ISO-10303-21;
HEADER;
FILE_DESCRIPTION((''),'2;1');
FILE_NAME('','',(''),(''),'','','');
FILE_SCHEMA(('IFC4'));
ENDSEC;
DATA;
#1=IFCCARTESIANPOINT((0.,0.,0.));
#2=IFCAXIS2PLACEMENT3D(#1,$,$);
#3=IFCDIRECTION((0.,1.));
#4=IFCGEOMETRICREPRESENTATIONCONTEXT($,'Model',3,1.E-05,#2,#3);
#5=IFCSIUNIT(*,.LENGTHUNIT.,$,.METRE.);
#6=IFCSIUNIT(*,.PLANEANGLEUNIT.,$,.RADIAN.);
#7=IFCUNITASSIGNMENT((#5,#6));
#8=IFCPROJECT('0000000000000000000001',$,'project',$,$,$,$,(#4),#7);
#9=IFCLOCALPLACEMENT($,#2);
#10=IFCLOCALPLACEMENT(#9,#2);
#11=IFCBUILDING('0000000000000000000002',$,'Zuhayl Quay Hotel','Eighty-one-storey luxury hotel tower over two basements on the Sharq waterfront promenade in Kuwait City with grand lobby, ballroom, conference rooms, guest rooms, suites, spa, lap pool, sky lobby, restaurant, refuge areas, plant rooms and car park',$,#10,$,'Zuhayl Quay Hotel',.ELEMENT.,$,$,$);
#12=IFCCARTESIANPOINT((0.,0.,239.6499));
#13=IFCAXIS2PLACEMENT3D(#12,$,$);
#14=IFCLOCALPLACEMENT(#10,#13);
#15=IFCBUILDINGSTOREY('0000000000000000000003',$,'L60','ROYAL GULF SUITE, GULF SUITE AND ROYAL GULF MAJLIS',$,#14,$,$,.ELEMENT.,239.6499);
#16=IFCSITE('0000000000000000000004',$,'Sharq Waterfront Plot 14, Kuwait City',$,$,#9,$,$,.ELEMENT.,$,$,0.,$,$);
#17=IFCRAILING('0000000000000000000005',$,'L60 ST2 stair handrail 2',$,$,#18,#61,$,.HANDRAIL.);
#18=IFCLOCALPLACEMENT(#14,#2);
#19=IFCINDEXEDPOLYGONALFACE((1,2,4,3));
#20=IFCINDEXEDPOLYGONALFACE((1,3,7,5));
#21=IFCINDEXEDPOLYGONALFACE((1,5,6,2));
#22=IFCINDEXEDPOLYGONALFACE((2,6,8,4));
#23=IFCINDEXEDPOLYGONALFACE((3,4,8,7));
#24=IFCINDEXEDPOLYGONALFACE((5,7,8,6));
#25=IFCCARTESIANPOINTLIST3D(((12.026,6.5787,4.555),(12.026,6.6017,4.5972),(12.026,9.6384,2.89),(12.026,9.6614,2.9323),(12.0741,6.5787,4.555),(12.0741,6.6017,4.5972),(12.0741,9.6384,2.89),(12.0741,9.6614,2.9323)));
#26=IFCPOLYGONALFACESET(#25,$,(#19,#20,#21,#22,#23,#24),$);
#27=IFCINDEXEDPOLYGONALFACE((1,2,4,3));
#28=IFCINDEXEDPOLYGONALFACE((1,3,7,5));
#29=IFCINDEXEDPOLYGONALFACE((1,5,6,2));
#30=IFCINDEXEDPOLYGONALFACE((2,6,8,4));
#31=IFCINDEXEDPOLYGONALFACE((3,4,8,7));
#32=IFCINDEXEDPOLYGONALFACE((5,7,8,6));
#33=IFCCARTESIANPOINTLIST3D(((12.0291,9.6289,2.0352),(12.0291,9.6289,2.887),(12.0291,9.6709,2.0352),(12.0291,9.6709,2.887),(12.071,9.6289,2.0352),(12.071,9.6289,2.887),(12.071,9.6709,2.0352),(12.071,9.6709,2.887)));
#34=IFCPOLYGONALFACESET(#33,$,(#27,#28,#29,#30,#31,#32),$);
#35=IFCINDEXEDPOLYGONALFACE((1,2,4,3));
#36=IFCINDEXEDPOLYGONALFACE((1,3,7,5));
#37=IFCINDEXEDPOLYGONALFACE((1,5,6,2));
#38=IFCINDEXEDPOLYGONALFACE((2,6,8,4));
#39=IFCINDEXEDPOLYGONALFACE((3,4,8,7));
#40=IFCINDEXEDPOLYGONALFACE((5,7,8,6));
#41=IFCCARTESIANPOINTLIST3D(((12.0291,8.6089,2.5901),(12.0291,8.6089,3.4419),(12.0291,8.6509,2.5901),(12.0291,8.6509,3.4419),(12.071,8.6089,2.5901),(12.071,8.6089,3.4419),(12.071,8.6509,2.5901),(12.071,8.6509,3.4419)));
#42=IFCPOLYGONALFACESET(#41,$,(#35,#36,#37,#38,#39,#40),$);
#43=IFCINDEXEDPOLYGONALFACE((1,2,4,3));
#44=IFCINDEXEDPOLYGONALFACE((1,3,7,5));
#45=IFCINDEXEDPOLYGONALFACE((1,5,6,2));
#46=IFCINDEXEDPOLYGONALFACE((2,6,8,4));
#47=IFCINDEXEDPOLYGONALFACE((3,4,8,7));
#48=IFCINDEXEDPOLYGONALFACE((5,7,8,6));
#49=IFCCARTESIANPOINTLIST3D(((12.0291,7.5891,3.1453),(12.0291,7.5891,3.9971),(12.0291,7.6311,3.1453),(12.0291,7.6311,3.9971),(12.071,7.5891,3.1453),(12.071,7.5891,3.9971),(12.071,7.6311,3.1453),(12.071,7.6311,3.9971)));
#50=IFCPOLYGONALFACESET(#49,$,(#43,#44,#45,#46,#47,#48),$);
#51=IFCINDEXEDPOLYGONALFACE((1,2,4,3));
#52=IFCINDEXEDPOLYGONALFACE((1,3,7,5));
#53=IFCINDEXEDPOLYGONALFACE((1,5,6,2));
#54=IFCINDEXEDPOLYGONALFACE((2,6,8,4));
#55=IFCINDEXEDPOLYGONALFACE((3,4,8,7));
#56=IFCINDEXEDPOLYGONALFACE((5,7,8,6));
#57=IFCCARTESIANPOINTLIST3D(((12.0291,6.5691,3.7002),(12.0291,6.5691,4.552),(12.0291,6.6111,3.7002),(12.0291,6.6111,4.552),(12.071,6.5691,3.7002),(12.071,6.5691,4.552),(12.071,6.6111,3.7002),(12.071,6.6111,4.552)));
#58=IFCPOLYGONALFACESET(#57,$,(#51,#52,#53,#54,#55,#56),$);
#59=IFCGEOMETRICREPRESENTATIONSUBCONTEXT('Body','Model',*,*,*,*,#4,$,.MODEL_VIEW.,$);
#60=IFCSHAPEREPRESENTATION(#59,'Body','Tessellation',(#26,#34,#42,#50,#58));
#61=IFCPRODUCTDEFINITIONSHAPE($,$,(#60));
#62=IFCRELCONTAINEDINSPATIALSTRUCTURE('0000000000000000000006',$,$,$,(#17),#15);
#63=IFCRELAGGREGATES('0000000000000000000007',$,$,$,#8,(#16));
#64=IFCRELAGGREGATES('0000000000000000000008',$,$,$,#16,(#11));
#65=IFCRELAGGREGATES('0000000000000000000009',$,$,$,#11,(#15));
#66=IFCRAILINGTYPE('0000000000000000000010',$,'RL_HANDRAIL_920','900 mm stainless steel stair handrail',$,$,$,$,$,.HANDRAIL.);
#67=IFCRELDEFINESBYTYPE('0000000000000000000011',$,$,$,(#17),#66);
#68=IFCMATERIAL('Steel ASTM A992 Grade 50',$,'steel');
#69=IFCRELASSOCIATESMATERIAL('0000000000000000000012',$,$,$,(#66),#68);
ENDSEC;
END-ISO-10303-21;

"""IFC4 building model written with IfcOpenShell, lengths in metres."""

from ifc_helpers import new_model, si_unit, direction, frame, origin, origin_2d, place, context, subcontext, project, spatial, rectangle, extrude, material, type_object, element, save


model = new_model("IFC4")

# Units and contexts
model_context = context("Model", 3, precision=1e-05, world=origin(), true_north=direction((0.0, 1.0)))
body_context = subcontext(model_context, "Body", "Model", "MODEL_VIEW")
ifc_project = project(units=[si_unit("LENGTHUNIT", "METRE"), si_unit("PLANEANGLEUNIT", "RADIAN")], contexts=[model_context])

# Site, building, storey
site_placement = place(None, origin())
site = spatial("IfcSite", under=ifc_project, at=site_placement, Name="Sharq Waterfront Plot 14, Kuwait City", CompositionType="ELEMENT", RefElevation=0.0)
building_placement = place(site_placement, origin())
building = spatial("IfcBuilding", under=site, at=building_placement, Name="Zuhayl Quay Hotel", Description="Eighty-one-storey luxury hotel tower over two basements on the Sharq waterfront promenade in Kuwait City with grand lobby, ballroom, conference rooms, guest rooms, suites, spa, lap pool, sky lobby, restaurant, refuge areas, plant rooms and car park", LongName="Zuhayl Quay Hotel", CompositionType="ELEMENT")
storey_placement = place(building_placement, frame((0.0, 0.0, 239.6499)))
storey = spatial("IfcBuildingStorey", under=building, at=storey_placement, Name="L60", Description="ROYAL GULF SUITE, GULF SUITE AND ROYAL GULF MAJLIS", CompositionType="ELEMENT", Elevation=239.6499)

# Shared definitions
ifc_material_1 = material(Name="Steel ASTM A992 Grade 50", Category="steel")

# Railing
railing_type = type_object("IfcRailingType", Name="RL_HANDRAIL_920", Description="900 mm stainless steel stair handrail", PredefinedType="HANDRAIL", material=ifc_material_1)
railing_placement = place(storey_placement, frame((12.05, 9.6499, 2.0352)))
element("IfcRailing", 1, at=railing_placement, inside=storey, type_object=railing_type, Name="L60 ST2 stair handrail 2", PredefinedType="HANDRAIL", context=body_context, shape_type="SweptSolid", body=[
    extrude(rectangle(XDim=0.0481, YDim=0.0481, at=origin_2d()), frame((0.0, 0.0, 0.876), z_axis=(0.0, -0.878372, 0.477978), x_axis=(1.0, 0.0, 0.0)), (0.0, 0.0, 1.0), 3.4834),
    extrude(rectangle(XDim=0.042, YDim=0.042, at=origin_2d()), origin(), (0.0, 0.0, 1.0), 0.8518),
    extrude(rectangle(XDim=0.042, YDim=0.042, at=origin_2d()), frame((0.0, -1.02, 0.5549)), (0.0, 0.0, 1.0), 0.8518),
    extrude(rectangle(XDim=0.042, YDim=0.042, at=origin_2d()), frame((0.0, -2.0398, 1.1101)), (0.0, 0.0, 1.0), 0.8518),
    extrude(rectangle(XDim=0.042, YDim=0.042, at=origin_2d()), frame((0.0, -3.0598, 1.665)), (0.0, 0.0, 1.0), 0.8518),
])

save(model, "model.ifc")
